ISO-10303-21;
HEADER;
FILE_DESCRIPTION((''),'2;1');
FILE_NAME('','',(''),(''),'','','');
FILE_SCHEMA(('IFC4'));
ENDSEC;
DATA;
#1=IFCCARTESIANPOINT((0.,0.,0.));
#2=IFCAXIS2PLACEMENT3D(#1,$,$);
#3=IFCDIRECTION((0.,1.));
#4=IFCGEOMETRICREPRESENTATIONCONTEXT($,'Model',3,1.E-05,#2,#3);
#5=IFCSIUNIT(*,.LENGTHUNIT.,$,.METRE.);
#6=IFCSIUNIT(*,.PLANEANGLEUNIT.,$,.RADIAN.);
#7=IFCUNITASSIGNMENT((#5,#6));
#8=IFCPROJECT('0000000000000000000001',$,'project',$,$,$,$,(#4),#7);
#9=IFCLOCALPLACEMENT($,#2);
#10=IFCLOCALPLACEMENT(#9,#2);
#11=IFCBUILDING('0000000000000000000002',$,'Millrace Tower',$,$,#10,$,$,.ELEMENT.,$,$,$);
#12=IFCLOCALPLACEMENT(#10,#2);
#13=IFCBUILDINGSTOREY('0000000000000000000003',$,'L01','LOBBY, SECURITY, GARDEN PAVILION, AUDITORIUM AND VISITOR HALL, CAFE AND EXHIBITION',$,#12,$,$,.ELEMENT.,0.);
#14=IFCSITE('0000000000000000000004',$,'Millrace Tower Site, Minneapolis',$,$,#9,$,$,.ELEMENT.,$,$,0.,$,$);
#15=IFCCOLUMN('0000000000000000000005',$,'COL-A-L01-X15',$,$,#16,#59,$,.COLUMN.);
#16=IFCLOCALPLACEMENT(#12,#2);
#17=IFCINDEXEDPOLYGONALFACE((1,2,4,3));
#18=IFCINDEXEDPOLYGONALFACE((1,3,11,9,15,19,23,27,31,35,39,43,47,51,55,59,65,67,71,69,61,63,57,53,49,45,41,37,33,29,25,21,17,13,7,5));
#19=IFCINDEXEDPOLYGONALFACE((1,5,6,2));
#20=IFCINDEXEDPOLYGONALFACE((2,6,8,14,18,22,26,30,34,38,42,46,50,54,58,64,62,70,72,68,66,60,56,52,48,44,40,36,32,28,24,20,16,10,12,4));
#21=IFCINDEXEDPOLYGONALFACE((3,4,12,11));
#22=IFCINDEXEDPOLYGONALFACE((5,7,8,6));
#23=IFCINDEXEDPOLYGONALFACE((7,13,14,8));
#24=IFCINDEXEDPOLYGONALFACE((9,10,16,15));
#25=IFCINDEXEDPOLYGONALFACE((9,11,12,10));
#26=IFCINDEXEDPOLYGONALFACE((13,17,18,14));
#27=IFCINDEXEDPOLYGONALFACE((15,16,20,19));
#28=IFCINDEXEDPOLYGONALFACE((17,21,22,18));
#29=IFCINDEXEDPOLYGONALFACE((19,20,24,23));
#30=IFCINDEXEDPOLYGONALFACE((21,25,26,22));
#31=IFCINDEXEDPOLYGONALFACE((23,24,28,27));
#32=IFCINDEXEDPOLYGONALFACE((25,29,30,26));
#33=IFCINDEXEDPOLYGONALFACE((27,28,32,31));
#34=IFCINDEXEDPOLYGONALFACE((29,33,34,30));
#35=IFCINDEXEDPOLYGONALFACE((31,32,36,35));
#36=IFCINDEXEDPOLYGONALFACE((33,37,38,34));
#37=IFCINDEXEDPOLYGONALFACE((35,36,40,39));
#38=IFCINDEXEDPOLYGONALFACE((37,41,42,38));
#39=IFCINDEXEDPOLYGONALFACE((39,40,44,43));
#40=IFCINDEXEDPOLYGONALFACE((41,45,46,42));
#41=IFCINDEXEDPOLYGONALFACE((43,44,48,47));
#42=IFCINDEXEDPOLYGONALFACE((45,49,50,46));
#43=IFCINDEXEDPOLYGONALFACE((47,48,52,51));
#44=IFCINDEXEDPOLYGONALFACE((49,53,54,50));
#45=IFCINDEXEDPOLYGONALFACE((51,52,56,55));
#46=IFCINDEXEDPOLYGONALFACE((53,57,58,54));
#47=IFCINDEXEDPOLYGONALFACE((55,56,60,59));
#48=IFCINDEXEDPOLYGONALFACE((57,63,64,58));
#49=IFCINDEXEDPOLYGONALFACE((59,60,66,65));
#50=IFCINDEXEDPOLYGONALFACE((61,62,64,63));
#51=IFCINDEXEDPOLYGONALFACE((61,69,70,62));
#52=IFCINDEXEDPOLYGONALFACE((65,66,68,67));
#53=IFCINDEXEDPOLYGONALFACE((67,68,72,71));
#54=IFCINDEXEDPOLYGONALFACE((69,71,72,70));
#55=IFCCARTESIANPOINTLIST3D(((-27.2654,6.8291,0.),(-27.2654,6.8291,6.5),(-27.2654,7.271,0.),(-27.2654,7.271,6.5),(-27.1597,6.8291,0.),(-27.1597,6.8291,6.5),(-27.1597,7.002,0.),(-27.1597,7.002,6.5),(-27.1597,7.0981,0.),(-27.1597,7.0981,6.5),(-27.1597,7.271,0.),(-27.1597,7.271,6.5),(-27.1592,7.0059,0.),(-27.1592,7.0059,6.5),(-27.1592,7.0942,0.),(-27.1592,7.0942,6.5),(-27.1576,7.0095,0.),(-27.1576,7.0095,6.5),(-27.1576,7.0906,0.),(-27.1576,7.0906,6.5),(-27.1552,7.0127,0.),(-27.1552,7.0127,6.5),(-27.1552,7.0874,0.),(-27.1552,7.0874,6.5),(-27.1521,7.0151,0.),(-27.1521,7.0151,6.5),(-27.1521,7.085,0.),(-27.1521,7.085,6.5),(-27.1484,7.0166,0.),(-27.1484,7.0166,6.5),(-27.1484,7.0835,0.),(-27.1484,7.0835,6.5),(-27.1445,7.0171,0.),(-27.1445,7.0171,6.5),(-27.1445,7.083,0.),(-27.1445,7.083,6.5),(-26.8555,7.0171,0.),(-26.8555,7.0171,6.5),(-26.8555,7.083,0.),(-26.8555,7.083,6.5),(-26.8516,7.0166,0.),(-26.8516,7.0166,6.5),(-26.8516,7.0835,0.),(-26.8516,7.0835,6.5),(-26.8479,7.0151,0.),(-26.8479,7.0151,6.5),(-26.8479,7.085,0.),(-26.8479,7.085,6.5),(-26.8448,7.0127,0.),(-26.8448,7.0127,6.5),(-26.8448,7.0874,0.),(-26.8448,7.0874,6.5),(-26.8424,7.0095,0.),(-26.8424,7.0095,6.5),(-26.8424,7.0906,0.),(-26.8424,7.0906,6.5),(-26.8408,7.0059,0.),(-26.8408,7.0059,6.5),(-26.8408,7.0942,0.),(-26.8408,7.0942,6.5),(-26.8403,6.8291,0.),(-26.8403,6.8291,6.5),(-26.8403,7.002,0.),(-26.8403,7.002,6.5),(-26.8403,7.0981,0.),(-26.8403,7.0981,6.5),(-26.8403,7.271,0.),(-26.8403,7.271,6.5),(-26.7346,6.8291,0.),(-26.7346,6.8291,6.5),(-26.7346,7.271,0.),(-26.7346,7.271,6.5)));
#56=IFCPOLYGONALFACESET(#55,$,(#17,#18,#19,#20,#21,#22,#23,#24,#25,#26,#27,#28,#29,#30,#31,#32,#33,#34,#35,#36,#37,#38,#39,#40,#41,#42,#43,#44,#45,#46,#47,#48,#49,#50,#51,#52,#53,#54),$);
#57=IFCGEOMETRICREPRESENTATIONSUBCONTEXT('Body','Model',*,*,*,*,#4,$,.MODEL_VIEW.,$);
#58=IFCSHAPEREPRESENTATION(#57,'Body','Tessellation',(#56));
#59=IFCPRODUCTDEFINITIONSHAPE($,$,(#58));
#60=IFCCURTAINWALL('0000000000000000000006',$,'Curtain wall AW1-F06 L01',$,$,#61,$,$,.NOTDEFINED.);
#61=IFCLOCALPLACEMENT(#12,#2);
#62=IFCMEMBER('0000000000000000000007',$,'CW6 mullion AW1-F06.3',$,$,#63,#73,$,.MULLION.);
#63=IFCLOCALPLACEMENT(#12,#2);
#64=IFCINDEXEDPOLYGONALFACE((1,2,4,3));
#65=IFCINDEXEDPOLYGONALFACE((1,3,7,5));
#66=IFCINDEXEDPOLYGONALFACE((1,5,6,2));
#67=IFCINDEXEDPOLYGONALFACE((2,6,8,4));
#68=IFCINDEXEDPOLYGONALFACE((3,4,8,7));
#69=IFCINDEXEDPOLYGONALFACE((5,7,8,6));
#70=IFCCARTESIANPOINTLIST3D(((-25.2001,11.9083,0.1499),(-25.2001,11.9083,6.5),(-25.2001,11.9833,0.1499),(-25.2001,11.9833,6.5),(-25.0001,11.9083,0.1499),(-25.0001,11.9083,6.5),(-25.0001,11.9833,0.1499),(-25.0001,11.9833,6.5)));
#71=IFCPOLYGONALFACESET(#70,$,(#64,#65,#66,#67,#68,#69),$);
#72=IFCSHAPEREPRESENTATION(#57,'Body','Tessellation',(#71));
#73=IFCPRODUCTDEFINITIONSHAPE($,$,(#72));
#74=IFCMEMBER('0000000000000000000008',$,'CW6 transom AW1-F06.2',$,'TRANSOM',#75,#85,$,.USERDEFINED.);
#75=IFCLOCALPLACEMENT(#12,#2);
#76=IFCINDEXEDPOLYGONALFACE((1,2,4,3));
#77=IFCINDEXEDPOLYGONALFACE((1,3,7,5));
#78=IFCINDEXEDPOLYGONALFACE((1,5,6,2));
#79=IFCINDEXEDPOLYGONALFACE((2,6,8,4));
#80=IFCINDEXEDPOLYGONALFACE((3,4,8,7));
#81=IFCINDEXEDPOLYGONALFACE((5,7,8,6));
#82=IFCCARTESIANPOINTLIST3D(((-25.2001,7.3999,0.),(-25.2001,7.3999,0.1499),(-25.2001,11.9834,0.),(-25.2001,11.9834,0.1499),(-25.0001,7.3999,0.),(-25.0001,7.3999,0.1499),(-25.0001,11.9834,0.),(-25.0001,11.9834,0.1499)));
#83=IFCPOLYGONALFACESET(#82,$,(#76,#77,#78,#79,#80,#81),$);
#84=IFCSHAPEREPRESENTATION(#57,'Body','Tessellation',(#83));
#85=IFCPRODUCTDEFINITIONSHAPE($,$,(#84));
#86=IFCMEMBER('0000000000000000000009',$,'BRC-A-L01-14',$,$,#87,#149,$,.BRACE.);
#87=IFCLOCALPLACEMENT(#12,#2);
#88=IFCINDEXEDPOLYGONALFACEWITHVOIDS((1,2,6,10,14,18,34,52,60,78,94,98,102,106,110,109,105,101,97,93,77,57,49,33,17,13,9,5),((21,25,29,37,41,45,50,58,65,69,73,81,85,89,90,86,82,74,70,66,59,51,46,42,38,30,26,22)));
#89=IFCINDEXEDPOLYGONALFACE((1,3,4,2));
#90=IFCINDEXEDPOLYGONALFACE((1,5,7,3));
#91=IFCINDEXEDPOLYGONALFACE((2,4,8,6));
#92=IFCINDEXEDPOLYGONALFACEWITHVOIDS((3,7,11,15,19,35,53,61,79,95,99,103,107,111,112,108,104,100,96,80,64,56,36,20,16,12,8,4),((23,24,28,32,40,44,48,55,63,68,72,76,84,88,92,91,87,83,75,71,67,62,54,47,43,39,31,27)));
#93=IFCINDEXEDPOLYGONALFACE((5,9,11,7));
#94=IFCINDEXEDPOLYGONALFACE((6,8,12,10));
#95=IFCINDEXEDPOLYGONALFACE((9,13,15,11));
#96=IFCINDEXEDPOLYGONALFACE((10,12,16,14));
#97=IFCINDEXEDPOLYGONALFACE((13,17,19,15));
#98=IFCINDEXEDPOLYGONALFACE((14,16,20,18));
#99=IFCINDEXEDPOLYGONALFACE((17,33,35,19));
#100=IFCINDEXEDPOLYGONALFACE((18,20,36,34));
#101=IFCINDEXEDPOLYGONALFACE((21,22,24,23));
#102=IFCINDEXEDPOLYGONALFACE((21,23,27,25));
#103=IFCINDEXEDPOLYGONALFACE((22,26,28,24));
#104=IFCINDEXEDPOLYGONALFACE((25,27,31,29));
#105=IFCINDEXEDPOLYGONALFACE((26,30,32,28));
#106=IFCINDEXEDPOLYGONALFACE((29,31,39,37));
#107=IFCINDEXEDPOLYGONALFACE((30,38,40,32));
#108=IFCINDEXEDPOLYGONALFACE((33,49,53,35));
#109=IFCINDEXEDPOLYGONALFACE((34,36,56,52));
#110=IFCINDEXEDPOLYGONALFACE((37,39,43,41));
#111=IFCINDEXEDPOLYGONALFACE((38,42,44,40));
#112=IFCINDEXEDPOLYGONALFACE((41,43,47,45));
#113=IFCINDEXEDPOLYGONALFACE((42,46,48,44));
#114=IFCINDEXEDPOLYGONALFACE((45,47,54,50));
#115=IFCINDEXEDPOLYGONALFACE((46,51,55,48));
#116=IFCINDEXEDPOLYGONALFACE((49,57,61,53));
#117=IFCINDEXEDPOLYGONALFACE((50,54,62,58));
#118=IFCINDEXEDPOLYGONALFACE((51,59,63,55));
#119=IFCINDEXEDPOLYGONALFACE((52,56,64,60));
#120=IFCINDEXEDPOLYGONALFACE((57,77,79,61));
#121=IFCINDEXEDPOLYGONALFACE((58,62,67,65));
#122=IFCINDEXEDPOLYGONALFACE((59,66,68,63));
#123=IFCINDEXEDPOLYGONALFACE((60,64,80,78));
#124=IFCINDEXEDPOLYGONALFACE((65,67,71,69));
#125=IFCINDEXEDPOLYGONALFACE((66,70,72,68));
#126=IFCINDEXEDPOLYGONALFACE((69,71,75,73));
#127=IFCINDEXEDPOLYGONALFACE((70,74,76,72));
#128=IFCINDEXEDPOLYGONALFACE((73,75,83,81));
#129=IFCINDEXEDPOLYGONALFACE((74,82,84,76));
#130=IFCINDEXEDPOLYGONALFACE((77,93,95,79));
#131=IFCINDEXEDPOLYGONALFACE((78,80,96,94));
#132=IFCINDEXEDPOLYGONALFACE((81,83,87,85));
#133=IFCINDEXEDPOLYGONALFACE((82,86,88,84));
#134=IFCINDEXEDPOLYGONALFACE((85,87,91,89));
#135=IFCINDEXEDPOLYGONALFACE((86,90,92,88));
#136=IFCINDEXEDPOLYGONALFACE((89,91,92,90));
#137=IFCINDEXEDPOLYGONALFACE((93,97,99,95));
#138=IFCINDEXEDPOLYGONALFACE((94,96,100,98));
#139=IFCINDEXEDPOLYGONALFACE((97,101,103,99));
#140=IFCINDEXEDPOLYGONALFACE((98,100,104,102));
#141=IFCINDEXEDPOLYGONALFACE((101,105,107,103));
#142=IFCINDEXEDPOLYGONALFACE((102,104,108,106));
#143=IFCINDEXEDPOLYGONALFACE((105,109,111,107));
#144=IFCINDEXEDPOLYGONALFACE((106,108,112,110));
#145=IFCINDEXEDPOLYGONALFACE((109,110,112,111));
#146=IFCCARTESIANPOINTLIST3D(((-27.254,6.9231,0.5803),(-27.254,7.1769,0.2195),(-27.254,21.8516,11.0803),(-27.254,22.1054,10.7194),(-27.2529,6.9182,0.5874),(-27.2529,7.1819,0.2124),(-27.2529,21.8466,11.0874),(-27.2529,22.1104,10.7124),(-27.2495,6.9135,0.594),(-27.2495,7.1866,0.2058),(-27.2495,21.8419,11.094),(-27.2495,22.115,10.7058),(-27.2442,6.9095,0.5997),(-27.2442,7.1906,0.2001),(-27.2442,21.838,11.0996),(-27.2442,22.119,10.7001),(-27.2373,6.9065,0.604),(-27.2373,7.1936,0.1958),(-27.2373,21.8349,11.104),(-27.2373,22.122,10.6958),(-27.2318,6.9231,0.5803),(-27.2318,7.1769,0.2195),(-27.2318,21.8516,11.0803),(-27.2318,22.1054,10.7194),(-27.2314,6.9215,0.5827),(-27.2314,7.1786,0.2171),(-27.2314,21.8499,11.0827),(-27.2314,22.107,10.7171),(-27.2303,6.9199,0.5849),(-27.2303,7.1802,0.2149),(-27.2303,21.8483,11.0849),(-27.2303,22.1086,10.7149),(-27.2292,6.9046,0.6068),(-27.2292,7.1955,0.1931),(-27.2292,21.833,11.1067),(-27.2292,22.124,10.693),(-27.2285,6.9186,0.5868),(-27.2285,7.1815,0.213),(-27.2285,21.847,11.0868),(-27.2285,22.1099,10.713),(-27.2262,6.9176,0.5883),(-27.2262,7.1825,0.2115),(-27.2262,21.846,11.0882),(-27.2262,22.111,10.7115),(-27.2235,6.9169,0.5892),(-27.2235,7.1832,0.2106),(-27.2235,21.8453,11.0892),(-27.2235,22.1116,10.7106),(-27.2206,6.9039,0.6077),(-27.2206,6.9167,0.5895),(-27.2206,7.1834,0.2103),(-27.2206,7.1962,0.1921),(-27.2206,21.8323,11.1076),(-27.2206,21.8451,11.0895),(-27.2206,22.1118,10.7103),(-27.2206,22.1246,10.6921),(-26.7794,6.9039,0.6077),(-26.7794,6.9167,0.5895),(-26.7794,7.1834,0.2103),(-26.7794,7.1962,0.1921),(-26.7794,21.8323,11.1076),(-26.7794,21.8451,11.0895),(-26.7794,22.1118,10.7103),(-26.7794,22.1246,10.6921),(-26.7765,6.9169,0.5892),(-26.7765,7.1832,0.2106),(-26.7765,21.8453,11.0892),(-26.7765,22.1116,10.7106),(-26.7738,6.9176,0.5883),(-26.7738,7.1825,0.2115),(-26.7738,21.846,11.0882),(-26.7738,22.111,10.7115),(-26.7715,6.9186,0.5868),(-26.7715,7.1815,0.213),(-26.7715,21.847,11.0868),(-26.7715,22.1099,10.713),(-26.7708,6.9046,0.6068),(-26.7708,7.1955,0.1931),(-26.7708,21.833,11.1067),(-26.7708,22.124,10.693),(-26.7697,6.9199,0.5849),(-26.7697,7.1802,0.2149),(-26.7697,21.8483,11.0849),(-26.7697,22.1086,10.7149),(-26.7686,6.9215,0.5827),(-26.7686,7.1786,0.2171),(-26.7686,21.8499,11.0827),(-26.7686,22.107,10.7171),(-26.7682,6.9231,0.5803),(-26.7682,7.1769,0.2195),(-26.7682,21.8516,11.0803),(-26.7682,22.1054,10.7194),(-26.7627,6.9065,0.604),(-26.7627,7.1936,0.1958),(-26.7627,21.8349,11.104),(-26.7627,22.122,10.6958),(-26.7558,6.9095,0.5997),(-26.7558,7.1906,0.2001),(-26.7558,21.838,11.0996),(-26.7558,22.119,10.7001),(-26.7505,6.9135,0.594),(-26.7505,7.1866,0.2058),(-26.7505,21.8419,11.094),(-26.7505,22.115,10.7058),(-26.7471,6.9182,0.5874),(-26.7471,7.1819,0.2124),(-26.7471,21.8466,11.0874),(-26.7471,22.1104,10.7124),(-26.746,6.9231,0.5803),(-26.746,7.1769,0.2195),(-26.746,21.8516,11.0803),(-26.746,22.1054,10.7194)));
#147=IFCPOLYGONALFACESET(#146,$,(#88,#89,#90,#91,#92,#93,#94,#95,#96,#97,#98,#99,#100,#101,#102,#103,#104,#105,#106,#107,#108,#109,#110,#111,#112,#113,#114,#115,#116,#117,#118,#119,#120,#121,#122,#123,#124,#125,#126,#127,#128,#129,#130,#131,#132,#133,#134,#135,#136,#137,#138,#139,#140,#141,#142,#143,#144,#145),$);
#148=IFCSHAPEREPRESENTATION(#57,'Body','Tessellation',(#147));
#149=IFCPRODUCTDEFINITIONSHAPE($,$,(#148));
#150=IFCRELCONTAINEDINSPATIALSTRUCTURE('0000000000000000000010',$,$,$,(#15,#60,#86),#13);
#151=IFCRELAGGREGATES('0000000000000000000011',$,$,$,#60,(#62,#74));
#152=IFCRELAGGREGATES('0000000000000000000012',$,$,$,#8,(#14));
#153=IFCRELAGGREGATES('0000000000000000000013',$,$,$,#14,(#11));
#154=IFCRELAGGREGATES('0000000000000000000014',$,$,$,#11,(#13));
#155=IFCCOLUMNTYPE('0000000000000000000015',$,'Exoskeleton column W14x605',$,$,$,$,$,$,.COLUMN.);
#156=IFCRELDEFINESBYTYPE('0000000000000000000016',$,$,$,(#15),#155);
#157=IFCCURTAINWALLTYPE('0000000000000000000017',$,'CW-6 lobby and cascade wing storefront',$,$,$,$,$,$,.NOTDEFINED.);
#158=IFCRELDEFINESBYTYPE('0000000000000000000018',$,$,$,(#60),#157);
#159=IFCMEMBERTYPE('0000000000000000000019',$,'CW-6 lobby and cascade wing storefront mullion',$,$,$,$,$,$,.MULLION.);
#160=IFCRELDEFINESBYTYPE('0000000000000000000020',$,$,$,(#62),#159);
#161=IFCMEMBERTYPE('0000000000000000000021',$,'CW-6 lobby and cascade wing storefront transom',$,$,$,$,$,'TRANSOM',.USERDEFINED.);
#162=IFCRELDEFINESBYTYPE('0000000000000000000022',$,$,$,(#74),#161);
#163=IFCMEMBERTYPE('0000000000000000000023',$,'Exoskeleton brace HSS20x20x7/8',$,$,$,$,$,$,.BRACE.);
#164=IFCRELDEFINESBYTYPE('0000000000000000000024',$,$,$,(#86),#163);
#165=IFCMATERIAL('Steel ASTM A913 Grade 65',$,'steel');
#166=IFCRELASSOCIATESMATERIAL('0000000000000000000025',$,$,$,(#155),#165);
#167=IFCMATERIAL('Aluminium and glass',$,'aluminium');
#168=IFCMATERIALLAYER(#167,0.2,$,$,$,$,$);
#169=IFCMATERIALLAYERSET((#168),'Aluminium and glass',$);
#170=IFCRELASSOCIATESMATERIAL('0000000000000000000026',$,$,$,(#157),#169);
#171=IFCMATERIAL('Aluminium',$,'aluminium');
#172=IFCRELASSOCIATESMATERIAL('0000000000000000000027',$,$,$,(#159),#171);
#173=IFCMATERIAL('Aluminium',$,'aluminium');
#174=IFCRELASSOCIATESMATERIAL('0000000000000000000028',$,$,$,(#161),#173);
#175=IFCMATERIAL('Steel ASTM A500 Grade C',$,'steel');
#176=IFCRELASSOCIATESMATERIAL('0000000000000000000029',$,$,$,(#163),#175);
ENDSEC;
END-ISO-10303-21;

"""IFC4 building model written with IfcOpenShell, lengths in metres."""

from ifc_helpers import new_model, si_unit, direction, frame, origin, origin_2d, place, context, subcontext, project, spatial, rectangle, hollow_rectangle, i_section, extrude, material, layer, layer_set, material_profile, profile_set, type_object, element, aggregate, save


model = new_model("IFC4")

# Units and contexts
model_context = context("Model", 3, precision=1e-05, world=origin(), true_north=direction((0.0, 1.0)))
body_context = subcontext(model_context, "Body", "Model", "MODEL_VIEW")
ifc_project = project(units=[si_unit("LENGTHUNIT", "METRE"), si_unit("PLANEANGLEUNIT", "RADIAN")], contexts=[model_context])

# Site, building, storey
site_placement = place(None, origin())
site = spatial("IfcSite", under=ifc_project, at=site_placement, Name="Millrace Tower Site, Minneapolis", CompositionType="ELEMENT", RefElevation=0.0)
building_placement = place(site_placement, origin())
building = spatial("IfcBuilding", under=site, at=building_placement, Name="Millrace Tower", CompositionType="ELEMENT")
storey_placement = place(building_placement, origin())
storey = spatial("IfcBuildingStorey", under=building, at=storey_placement, Name="L01", Description="LOBBY, SECURITY, GARDEN PAVILION, AUDITORIUM AND VISITOR HALL, CAFE AND EXHIBITION", CompositionType="ELEMENT", Elevation=0.0)

# Column
ifc_material_1 = material(Name="Steel ASTM A913 Grade 65", Category="steel")
ifc_material_profile_1 = material_profile(ifc_material_1, i_section(OverallWidth=0.4419, OverallDepth=0.5308, WebThickness=0.0659, FlangeThickness=0.1057, FilletRadius=0.0151, at=origin_2d()))
ifc_profile_set_1 = profile_set([ifc_material_profile_1], Name="Steel ASTM A913 Grade 65")
column_type = type_object("IfcColumnType", Name="Exoskeleton column W14x605", PredefinedType="COLUMN", material=ifc_profile_set_1)
column_placement = place(storey_placement, frame((-27.0, 7.05, 0.0), z_axis=(0.0, 0.0, 1.0), x_axis=(0.0, -1.0, 0.0)))
element("IfcColumn", 1, at=column_placement, inside=storey, type_object=column_type, Name="COL-A-L01-X15", PredefinedType="COLUMN", context=body_context, shape_type="SweptSolid", body=[
    extrude(i_section(OverallWidth=0.4419, OverallDepth=0.5308, WebThickness=0.0659, FlangeThickness=0.1057, FilletRadius=0.0151, at=origin_2d()), origin(), (0.0, 0.0, 1.0), 6.5),
])

# Curtain wall, members
ifc_material_2 = material(Name="Aluminium and glass", Category="aluminium")
ifc_layer_1 = layer(ifc_material_2, 0.2)
ifc_layer_set_1 = layer_set([ifc_layer_1], Name="Aluminium and glass")
curtain_wall_type = type_object("IfcCurtainWallType", Name="CW-6 lobby and cascade wing storefront", PredefinedType="NOTDEFINED", material=ifc_layer_set_1)
placement = place(storey_placement, origin())
curtain_wall = element("IfcCurtainWall", 2, at=placement, inside=storey, type_object=curtain_wall_type, Name="Curtain wall AW1-F06 L01", PredefinedType="NOTDEFINED")
ifc_material_3 = material(Name="Aluminium", Category="aluminium")
ifc_material_profile_2 = material_profile(ifc_material_3, rectangle(XDim=0.075, YDim=0.2, at=origin_2d()))
ifc_profile_set_2 = profile_set([ifc_material_profile_2], Name="Aluminium")
member_type_1 = type_object("IfcMemberType", Name="CW-6 lobby and cascade wing storefront mullion", PredefinedType="MULLION", material=ifc_profile_set_2)
member_1_placement = place(storey_placement, frame((-25.1001, 11.9458, 0.1499), z_axis=(0.0, 0.0, 1.0), x_axis=(0.0, -1.0, 0.0)))
member_1 = element("IfcMember", 3, at=member_1_placement, type_object=member_type_1, Name="CW6 mullion AW1-F06.3", PredefinedType="MULLION", context=body_context, shape_type="SweptSolid", body=[
    extrude(rectangle(XDim=0.075, YDim=0.2, at=origin_2d()), origin(), (0.0, 0.0, 1.0), 6.3501),
])
ifc_material_4 = material(Name="Aluminium", Category="aluminium")
ifc_material_profile_3 = material_profile(ifc_material_4, rectangle(XDim=0.2, YDim=0.1499, at=origin_2d()))
ifc_profile_set_3 = profile_set([ifc_material_profile_3], Name="Aluminium")
member_type_2 = type_object("IfcMemberType", Name="CW-6 lobby and cascade wing storefront transom", ElementType="TRANSOM", PredefinedType="USERDEFINED", material=ifc_profile_set_3)
member_2_placement = place(storey_placement, frame((-25.1001, 11.9834, 0.075), z_axis=(0.0, -1.0, 0.0), x_axis=(1.0, 0.0, 0.0)))
member_2 = element("IfcMember", 4, at=member_2_placement, type_object=member_type_2, Name="CW6 transom AW1-F06.2", ObjectType="TRANSOM", PredefinedType="USERDEFINED", context=body_context, shape_type="SweptSolid", body=[
    extrude(rectangle(XDim=0.2, YDim=0.1499, at=origin_2d()), origin(), (0.0, 0.0, 1.0), 4.5835),
])
aggregate(curtain_wall, [member_1, member_2])

# Member
ifc_material_5 = material(Name="Steel ASTM A500 Grade C", Category="steel")
ifc_material_profile_4 = material_profile(ifc_material_5, hollow_rectangle(XDim=0.5081, YDim=0.5081, WallThickness=0.0222, InnerFilletRadius=0.0112, OuterFilletRadius=0.0334, at=origin_2d()))
ifc_profile_set_4 = profile_set([ifc_material_profile_4], Name="Steel ASTM A500 Grade C")
member_type_3 = type_object("IfcMemberType", Name="Exoskeleton brace HSS20x20x7/8", PredefinedType="BRACE", material=ifc_profile_set_4)
member_3_placement = place(storey_placement, frame((-27.0, 7.05, 0.3999), z_axis=(0.0, 0.817941, 0.575302), x_axis=(-1.0, 0.0, 0.0)))
element("IfcMember", 5, at=member_3_placement, inside=storey, type_object=member_type_3, Name="BRC-A-L01-14", PredefinedType="BRACE", context=body_context, shape_type="SweptSolid", body=[
    extrude(hollow_rectangle(XDim=0.5081, YDim=0.5081, WallThickness=0.0222, InnerFilletRadius=0.0112, OuterFilletRadius=0.0334, at=origin_2d()), origin(), (0.0, 0.0, 1.0), 18.2512),
])

save(model, "model.ifc")
